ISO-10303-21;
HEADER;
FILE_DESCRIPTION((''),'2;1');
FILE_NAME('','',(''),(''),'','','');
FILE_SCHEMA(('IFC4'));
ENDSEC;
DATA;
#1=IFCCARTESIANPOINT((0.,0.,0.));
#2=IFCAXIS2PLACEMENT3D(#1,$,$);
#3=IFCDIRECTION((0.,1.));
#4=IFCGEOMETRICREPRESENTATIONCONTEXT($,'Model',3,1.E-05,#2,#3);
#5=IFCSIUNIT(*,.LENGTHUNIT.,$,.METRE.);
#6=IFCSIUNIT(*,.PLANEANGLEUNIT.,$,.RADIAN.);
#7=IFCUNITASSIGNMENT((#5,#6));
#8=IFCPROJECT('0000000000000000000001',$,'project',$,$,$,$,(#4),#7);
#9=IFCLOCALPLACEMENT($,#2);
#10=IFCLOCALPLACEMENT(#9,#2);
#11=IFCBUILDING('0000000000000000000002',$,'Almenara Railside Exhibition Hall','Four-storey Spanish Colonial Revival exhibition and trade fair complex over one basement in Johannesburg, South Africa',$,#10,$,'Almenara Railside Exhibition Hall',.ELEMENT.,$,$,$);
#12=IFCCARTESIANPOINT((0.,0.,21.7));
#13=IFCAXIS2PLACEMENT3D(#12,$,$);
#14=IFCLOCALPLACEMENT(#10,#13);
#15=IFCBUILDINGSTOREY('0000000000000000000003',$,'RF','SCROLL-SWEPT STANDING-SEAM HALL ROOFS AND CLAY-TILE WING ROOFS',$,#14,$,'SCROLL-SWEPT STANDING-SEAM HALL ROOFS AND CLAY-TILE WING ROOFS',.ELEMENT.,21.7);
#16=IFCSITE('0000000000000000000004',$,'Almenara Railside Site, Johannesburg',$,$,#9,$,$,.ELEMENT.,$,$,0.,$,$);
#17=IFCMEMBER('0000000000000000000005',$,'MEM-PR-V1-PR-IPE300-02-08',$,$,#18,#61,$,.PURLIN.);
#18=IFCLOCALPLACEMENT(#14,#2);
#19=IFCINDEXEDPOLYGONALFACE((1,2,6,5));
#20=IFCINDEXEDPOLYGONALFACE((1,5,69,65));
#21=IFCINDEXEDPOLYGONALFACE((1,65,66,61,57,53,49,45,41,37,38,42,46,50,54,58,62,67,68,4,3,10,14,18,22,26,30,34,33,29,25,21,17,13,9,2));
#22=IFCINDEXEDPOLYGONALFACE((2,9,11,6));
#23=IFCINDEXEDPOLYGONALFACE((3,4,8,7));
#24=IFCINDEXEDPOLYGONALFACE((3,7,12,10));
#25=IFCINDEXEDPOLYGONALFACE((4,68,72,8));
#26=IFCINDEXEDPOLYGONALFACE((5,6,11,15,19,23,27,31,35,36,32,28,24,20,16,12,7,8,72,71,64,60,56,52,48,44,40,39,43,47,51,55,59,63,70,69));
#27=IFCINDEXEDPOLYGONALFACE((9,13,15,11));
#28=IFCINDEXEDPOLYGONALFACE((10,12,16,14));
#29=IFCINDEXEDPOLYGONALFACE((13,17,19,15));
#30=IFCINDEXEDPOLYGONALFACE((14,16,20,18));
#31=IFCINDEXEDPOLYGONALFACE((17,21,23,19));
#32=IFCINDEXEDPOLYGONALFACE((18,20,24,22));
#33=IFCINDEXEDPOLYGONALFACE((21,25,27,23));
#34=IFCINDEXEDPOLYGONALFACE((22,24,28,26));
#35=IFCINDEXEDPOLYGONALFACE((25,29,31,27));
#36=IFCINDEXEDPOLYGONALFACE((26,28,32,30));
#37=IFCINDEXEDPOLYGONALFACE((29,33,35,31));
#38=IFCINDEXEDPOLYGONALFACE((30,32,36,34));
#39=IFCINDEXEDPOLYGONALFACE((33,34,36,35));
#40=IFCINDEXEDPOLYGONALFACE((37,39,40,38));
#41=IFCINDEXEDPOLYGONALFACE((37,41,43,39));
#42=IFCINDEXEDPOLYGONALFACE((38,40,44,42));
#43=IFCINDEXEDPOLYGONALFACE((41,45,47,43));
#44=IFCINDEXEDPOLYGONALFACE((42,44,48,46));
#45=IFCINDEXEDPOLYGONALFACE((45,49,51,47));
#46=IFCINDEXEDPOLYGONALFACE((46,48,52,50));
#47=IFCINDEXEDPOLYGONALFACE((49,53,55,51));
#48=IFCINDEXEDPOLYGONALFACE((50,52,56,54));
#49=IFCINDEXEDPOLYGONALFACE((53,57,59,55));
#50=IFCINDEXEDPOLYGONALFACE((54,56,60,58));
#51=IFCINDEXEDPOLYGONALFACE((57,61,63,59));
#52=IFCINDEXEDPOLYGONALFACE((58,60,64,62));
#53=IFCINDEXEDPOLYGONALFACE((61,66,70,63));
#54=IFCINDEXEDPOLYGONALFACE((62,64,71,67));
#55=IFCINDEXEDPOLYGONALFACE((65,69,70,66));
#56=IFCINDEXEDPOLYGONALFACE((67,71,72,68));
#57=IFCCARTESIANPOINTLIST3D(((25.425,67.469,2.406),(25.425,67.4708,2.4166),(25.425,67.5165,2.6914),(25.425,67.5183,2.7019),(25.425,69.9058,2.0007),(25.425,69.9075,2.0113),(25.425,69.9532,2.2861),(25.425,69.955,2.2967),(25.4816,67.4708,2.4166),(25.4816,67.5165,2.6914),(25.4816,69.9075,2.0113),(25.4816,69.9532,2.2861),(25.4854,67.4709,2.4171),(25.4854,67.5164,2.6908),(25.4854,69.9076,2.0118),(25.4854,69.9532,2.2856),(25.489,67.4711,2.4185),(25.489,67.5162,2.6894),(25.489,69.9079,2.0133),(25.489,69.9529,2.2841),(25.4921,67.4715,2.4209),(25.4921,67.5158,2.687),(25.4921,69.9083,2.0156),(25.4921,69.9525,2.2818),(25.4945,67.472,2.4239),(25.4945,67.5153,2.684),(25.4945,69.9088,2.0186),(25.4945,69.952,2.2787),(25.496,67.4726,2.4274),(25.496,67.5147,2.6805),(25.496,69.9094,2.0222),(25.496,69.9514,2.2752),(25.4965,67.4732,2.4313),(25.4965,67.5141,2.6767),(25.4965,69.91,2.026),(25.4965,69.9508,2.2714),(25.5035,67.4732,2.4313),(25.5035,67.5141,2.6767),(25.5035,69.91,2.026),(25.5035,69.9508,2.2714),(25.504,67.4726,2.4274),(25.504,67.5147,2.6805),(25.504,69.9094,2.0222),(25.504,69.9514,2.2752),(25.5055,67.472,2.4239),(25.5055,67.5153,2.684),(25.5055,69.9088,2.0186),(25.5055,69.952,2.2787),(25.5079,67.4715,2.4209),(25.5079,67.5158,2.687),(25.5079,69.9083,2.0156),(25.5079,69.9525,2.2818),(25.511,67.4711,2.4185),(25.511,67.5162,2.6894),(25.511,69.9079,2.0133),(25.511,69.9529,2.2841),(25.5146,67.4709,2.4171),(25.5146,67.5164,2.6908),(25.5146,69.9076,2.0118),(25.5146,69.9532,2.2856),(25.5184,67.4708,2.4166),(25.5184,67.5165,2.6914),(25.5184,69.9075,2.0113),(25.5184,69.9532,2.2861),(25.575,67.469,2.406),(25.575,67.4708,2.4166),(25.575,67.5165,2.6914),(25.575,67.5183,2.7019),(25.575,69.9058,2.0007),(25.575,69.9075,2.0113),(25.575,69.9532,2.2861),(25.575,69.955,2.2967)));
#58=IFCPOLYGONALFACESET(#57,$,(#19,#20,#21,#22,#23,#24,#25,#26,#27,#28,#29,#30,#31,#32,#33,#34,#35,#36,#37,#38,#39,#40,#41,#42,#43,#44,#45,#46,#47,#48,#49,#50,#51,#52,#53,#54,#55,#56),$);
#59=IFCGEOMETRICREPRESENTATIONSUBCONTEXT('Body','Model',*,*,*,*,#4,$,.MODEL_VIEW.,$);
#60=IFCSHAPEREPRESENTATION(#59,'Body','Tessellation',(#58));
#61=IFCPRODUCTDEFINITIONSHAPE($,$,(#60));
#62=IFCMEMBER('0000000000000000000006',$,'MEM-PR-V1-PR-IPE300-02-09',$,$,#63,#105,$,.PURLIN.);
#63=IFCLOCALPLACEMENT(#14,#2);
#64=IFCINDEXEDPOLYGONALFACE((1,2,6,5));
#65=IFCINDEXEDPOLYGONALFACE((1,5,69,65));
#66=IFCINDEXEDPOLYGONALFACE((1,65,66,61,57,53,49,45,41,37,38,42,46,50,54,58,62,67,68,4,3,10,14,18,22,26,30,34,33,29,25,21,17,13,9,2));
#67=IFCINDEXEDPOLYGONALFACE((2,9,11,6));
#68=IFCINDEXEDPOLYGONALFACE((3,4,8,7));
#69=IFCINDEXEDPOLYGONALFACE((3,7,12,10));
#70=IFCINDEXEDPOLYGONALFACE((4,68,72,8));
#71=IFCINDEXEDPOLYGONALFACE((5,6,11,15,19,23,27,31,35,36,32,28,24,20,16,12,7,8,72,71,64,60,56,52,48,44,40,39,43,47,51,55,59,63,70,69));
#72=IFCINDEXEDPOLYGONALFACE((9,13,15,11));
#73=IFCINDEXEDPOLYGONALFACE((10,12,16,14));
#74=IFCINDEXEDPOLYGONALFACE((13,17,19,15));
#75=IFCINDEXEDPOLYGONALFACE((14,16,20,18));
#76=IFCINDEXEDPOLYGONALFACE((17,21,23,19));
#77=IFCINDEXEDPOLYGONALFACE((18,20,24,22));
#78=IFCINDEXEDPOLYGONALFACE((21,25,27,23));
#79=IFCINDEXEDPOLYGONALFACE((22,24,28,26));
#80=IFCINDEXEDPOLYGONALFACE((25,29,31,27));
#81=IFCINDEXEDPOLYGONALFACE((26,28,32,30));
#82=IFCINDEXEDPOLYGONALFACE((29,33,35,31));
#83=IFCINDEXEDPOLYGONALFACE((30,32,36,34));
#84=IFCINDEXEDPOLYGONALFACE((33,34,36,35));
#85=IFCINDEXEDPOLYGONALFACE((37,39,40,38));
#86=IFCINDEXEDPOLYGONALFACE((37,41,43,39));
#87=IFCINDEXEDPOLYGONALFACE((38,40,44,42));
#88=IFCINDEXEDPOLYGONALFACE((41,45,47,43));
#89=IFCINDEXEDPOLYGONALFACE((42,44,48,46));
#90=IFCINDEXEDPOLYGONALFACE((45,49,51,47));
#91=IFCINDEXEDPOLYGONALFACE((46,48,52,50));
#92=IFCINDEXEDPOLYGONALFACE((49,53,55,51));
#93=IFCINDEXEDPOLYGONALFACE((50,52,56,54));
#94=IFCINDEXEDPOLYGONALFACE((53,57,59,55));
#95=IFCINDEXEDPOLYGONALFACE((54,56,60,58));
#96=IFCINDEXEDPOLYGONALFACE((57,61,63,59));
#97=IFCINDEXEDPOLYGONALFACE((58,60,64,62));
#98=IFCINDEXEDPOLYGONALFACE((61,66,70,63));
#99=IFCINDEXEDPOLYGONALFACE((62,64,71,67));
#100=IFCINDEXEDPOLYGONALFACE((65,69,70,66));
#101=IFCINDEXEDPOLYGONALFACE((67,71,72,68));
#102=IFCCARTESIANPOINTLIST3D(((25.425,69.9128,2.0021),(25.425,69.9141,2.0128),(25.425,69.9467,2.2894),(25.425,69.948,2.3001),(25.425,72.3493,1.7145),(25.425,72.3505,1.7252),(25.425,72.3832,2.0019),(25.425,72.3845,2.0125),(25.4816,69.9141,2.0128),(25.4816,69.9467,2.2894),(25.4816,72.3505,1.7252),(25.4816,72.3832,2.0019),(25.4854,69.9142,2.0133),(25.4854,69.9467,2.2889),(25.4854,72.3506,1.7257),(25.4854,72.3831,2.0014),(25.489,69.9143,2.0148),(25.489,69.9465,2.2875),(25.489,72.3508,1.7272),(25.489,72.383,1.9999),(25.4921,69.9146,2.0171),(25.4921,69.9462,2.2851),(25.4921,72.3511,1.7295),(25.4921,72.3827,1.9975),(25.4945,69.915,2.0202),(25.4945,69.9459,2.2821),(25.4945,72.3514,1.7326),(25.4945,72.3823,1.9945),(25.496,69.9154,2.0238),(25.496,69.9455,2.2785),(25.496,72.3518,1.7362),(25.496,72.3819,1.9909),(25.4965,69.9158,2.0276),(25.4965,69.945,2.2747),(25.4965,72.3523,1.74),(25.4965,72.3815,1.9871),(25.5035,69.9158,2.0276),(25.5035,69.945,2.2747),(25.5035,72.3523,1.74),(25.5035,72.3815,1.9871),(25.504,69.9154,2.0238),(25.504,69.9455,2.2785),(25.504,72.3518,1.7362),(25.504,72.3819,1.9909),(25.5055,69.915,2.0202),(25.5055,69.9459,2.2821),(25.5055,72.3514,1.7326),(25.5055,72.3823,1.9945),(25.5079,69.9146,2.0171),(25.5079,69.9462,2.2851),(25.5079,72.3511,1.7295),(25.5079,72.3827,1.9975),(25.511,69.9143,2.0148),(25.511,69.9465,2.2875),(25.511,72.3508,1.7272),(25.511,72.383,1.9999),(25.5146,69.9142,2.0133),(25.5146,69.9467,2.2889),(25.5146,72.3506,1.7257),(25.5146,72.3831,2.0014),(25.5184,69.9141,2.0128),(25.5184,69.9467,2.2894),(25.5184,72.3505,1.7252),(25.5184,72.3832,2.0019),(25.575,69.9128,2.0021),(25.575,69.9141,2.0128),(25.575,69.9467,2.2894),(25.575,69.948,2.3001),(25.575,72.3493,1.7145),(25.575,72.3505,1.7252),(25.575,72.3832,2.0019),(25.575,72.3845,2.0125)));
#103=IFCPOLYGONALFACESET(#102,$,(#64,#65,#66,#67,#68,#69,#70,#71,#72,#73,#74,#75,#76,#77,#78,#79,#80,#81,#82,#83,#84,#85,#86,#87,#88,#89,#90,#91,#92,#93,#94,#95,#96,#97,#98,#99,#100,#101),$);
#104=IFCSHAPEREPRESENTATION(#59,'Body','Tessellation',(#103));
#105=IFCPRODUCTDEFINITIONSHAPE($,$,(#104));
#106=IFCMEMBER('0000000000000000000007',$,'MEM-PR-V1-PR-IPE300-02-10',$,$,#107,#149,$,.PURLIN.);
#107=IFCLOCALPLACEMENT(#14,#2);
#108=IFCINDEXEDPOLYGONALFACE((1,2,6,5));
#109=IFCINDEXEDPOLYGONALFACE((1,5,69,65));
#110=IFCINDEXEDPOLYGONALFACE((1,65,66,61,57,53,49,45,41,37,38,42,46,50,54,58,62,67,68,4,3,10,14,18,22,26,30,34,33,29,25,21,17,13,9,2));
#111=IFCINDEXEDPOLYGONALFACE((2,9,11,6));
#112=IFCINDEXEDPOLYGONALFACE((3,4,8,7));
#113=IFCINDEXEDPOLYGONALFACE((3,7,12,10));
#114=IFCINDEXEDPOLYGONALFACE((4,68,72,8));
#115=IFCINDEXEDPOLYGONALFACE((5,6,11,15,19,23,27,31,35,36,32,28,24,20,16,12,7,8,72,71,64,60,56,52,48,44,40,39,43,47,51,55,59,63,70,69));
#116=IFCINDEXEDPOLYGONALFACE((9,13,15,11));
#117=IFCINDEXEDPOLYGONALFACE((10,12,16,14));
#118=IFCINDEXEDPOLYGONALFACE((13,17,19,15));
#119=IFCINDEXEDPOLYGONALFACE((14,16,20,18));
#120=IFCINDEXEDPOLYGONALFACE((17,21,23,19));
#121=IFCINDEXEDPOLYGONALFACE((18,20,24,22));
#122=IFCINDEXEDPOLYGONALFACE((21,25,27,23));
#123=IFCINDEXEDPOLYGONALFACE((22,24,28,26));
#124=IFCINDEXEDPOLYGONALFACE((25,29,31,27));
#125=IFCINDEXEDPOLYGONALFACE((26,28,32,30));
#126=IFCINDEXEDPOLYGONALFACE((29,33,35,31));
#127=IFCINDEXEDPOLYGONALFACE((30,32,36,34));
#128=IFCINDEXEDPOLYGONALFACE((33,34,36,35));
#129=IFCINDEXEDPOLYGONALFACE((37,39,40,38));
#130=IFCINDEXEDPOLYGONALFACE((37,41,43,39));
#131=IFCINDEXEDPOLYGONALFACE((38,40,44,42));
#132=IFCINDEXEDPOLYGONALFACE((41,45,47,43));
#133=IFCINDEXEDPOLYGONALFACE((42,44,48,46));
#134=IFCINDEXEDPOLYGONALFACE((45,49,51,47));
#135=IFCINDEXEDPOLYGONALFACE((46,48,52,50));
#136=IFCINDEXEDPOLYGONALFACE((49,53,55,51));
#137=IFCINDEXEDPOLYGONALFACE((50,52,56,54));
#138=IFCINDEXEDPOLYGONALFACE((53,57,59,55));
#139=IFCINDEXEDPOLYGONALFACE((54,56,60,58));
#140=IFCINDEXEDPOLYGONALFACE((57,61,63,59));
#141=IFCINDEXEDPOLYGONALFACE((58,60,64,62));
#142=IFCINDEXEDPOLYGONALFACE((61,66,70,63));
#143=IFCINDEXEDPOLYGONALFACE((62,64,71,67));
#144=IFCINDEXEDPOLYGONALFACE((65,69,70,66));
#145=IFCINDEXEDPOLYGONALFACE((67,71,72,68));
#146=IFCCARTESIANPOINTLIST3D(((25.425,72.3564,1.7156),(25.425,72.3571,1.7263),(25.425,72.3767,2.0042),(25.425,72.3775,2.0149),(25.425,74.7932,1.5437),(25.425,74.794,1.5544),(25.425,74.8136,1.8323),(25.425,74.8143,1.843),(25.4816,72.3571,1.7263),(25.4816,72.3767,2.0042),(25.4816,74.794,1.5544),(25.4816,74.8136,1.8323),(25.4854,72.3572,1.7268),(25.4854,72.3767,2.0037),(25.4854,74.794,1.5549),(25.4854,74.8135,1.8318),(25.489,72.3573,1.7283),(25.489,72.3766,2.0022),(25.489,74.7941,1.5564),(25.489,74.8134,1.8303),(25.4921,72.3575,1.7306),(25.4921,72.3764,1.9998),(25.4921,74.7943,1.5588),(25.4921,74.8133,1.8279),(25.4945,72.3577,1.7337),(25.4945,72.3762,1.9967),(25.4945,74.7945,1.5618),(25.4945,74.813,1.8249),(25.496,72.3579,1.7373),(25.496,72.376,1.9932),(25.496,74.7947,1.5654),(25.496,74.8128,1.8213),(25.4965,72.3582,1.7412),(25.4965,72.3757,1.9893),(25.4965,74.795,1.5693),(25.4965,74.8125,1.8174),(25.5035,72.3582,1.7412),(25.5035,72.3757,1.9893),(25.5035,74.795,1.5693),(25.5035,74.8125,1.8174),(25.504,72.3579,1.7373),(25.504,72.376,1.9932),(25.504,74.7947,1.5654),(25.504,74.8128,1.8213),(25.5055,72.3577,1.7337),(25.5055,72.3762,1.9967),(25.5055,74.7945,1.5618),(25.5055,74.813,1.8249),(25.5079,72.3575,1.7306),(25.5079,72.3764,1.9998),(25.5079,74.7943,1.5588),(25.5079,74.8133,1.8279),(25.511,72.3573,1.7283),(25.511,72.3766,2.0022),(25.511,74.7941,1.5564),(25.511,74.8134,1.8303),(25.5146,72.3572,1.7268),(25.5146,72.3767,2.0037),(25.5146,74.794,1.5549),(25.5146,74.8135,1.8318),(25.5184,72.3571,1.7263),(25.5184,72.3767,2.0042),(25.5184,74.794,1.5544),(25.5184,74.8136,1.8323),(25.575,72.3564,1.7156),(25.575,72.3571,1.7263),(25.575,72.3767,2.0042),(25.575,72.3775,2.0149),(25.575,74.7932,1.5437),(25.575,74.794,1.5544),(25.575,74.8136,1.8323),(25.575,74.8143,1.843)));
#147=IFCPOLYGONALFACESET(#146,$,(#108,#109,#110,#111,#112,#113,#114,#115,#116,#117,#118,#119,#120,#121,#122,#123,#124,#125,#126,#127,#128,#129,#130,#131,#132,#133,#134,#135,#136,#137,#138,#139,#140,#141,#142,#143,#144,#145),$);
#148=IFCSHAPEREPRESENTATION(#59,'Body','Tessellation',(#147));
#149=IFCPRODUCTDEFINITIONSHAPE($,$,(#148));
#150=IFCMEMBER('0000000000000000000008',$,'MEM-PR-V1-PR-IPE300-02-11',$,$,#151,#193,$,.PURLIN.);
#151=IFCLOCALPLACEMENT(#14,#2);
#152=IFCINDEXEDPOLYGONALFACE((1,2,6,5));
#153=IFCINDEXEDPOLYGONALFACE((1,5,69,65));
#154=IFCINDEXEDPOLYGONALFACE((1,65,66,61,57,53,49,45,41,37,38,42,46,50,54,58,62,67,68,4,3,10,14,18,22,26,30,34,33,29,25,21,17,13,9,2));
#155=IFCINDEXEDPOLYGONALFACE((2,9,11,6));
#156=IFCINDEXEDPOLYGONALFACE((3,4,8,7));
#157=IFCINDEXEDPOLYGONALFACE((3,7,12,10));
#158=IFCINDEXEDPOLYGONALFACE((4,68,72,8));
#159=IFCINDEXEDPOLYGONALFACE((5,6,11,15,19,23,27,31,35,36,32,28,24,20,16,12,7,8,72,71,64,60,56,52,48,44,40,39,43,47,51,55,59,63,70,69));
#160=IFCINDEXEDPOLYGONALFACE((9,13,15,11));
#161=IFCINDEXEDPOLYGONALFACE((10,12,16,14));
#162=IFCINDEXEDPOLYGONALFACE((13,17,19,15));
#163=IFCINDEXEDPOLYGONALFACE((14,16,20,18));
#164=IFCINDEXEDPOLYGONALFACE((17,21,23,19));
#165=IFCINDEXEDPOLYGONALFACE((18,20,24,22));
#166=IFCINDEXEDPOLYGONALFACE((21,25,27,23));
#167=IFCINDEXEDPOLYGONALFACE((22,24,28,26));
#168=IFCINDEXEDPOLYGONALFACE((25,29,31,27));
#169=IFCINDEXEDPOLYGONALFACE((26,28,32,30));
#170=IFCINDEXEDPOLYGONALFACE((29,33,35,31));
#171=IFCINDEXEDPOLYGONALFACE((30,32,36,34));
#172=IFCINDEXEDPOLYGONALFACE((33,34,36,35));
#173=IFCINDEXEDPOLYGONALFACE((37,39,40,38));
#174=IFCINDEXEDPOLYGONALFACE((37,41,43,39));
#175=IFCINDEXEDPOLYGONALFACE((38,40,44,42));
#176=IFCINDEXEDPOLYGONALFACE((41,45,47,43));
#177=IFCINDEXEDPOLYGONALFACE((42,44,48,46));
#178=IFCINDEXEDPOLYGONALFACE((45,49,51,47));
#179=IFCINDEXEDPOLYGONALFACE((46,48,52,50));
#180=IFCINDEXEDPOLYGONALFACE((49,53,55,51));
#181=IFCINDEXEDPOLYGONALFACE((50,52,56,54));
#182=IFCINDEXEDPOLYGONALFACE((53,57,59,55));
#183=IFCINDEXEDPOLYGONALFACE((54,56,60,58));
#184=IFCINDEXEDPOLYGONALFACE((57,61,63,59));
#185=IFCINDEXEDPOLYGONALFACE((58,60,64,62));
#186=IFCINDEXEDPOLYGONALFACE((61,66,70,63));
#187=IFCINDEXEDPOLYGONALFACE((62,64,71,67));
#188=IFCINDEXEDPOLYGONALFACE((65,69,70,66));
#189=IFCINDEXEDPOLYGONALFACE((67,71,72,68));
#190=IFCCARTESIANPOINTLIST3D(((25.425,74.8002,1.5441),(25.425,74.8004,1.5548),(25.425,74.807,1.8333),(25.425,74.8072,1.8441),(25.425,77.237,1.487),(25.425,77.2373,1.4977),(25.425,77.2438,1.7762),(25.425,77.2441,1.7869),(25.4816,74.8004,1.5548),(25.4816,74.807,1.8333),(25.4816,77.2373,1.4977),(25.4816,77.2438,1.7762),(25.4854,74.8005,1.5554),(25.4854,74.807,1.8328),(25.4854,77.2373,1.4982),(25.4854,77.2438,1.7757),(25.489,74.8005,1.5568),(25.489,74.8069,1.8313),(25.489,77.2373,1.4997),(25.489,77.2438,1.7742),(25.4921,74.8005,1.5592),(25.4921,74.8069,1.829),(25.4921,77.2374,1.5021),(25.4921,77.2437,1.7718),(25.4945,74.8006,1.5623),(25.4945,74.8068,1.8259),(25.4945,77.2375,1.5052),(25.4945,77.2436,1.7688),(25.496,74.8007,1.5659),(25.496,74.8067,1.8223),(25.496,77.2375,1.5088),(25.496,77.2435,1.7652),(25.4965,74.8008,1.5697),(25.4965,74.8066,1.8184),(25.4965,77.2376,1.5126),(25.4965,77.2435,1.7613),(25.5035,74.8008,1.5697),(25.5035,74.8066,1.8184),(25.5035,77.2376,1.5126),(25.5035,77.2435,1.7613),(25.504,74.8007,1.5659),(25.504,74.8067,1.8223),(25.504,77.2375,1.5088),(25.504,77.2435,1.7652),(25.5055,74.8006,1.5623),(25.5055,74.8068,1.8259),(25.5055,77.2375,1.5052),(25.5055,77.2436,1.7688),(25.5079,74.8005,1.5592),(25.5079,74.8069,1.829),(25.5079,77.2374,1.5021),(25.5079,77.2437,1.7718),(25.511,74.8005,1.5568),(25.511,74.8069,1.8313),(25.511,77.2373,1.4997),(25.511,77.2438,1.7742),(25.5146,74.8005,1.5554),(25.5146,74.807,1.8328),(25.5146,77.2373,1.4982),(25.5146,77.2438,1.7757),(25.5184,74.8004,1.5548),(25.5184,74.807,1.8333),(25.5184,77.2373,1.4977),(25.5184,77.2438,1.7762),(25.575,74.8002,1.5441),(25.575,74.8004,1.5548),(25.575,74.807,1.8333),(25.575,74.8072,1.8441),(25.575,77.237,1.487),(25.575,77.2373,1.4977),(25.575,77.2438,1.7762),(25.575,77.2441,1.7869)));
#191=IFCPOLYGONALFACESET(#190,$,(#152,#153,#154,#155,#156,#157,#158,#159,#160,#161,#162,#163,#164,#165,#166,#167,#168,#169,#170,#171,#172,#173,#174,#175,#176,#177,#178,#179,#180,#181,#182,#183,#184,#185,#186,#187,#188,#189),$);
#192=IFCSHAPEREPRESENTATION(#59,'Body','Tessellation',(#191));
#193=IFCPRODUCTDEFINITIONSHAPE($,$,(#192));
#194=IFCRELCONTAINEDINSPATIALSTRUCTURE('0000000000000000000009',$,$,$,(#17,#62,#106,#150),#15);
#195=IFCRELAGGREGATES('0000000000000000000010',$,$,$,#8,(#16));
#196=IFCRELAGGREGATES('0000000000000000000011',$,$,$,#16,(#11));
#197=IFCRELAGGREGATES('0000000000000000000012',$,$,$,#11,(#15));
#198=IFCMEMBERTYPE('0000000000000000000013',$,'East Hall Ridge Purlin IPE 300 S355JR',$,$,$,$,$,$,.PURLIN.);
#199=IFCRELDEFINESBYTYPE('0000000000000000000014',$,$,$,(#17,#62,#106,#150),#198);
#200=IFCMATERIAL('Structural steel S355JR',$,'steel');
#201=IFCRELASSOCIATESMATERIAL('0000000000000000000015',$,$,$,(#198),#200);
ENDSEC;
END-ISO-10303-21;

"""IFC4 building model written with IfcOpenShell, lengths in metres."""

from ifc_helpers import new_model, si_unit, direction, frame, origin, origin_2d, place, context, subcontext, project, spatial, i_section, extrude, material, material_profile, profile_set, type_object, element, save


model = new_model("IFC4")

# Units and contexts
model_context = context("Model", 3, precision=1e-05, world=origin(), true_north=direction((0.0, 1.0)))
body_context = subcontext(model_context, "Body", "Model", "MODEL_VIEW")
ifc_project = project(units=[si_unit("LENGTHUNIT", "METRE"), si_unit("PLANEANGLEUNIT", "RADIAN")], contexts=[model_context])

# Site, building, storey
site_placement = place(None, origin())
site = spatial("IfcSite", under=ifc_project, at=site_placement, Name="Almenara Railside Site, Johannesburg", CompositionType="ELEMENT", RefElevation=0.0)
building_placement = place(site_placement, origin())
building = spatial("IfcBuilding", under=site, at=building_placement, Name="Almenara Railside Exhibition Hall", Description="Four-storey Spanish Colonial Revival exhibition and trade fair complex over one basement in Johannesburg, South Africa", LongName="Almenara Railside Exhibition Hall", CompositionType="ELEMENT")
storey_placement = place(building_placement, frame((0.0, 0.0, 21.7)))
storey = spatial("IfcBuildingStorey", under=building, at=storey_placement, Name="RF", Description="SCROLL-SWEPT STANDING-SEAM HALL ROOFS AND CLAY-TILE WING ROOFS", LongName="SCROLL-SWEPT STANDING-SEAM HALL ROOFS AND CLAY-TILE WING ROOFS", CompositionType="ELEMENT", Elevation=21.7)

# Members
ifc_material_1 = material(Name="Structural steel S355JR", Category="steel")
ifc_material_profile_1 = material_profile(ifc_material_1, i_section(OverallWidth=0.1499, OverallDepth=0.3, WebThickness=0.0071, FlangeThickness=0.0107, FilletRadius=0.0149, at=origin_2d()), Name="IPE 300")
ifc_profile_set_1 = profile_set([ifc_material_profile_1], Name="Structural steel S355JR")
member_type_1 = type_object("IfcMemberType", Name="East Hall Ridge Purlin IPE 300 S355JR", PredefinedType="PURLIN", material=ifc_profile_set_1)
member_1_placement = place(storey_placement, frame((25.5, 67.4937, 2.554), z_axis=(0.0, 0.98645, -0.164062), x_axis=(-1.0, 0.0, 0.0)))
element("IfcMember", 1, at=member_1_placement, inside=storey, type_object=member_type_1, Name="MEM-PR-V1-PR-IPE300-02-08", PredefinedType="PURLIN", context=body_context, shape_type="SweptSolid", body=[
    extrude(i_section(OverallWidth=0.1499, OverallDepth=0.3, WebThickness=0.0071, FlangeThickness=0.0107, FilletRadius=0.0149, at=origin_2d()), origin(), (0.0, 0.0, 1.0), 2.4702),
])
member_2_placement = place(storey_placement, frame((25.5, 69.9304, 2.1511), z_axis=(0.0, 0.993106, -0.117222), x_axis=(-1.0, 0.0, 0.0)))
element("IfcMember", 2, at=member_2_placement, inside=storey, type_object=member_type_1, Name="MEM-PR-V1-PR-IPE300-02-09", PredefinedType="PURLIN", context=body_context, shape_type="SweptSolid", body=[
    extrude(i_section(OverallWidth=0.1499, OverallDepth=0.3, WebThickness=0.0071, FlangeThickness=0.0107, FilletRadius=0.0149, at=origin_2d()), origin(), (0.0, 0.0, 1.0), 2.4534),
])
member_3_placement = place(storey_placement, frame((25.5, 72.3669, 1.8652), z_axis=(0.0, 0.997522, -0.070359), x_axis=(-1.0, 0.0, 0.0)))
element("IfcMember", 3, at=member_3_placement, inside=storey, type_object=member_type_1, Name="MEM-PR-V1-PR-IPE300-02-10", PredefinedType="PURLIN", context=body_context, shape_type="SweptSolid", body=[
    extrude(i_section(OverallWidth=0.1499, OverallDepth=0.3, WebThickness=0.0071, FlangeThickness=0.0107, FilletRadius=0.0149, at=origin_2d()), origin(), (0.0, 0.0, 1.0), 2.4429),
])
member_4_placement = place(storey_placement, frame((25.5, 74.8037, 1.6941), z_axis=(0.0, 0.999725, -0.023438), x_axis=(-1.0, 0.0, 0.0)))
element("IfcMember", 4, at=member_4_placement, inside=storey, type_object=member_type_1, Name="MEM-PR-V1-PR-IPE300-02-11", PredefinedType="PURLIN", context=body_context, shape_type="SweptSolid", body=[
    extrude(i_section(OverallWidth=0.1499, OverallDepth=0.3, WebThickness=0.0071, FlangeThickness=0.0107, FilletRadius=0.0149, at=origin_2d()), origin(), (0.0, 0.0, 1.0), 2.4375),
])

save(model, "model.ifc")
